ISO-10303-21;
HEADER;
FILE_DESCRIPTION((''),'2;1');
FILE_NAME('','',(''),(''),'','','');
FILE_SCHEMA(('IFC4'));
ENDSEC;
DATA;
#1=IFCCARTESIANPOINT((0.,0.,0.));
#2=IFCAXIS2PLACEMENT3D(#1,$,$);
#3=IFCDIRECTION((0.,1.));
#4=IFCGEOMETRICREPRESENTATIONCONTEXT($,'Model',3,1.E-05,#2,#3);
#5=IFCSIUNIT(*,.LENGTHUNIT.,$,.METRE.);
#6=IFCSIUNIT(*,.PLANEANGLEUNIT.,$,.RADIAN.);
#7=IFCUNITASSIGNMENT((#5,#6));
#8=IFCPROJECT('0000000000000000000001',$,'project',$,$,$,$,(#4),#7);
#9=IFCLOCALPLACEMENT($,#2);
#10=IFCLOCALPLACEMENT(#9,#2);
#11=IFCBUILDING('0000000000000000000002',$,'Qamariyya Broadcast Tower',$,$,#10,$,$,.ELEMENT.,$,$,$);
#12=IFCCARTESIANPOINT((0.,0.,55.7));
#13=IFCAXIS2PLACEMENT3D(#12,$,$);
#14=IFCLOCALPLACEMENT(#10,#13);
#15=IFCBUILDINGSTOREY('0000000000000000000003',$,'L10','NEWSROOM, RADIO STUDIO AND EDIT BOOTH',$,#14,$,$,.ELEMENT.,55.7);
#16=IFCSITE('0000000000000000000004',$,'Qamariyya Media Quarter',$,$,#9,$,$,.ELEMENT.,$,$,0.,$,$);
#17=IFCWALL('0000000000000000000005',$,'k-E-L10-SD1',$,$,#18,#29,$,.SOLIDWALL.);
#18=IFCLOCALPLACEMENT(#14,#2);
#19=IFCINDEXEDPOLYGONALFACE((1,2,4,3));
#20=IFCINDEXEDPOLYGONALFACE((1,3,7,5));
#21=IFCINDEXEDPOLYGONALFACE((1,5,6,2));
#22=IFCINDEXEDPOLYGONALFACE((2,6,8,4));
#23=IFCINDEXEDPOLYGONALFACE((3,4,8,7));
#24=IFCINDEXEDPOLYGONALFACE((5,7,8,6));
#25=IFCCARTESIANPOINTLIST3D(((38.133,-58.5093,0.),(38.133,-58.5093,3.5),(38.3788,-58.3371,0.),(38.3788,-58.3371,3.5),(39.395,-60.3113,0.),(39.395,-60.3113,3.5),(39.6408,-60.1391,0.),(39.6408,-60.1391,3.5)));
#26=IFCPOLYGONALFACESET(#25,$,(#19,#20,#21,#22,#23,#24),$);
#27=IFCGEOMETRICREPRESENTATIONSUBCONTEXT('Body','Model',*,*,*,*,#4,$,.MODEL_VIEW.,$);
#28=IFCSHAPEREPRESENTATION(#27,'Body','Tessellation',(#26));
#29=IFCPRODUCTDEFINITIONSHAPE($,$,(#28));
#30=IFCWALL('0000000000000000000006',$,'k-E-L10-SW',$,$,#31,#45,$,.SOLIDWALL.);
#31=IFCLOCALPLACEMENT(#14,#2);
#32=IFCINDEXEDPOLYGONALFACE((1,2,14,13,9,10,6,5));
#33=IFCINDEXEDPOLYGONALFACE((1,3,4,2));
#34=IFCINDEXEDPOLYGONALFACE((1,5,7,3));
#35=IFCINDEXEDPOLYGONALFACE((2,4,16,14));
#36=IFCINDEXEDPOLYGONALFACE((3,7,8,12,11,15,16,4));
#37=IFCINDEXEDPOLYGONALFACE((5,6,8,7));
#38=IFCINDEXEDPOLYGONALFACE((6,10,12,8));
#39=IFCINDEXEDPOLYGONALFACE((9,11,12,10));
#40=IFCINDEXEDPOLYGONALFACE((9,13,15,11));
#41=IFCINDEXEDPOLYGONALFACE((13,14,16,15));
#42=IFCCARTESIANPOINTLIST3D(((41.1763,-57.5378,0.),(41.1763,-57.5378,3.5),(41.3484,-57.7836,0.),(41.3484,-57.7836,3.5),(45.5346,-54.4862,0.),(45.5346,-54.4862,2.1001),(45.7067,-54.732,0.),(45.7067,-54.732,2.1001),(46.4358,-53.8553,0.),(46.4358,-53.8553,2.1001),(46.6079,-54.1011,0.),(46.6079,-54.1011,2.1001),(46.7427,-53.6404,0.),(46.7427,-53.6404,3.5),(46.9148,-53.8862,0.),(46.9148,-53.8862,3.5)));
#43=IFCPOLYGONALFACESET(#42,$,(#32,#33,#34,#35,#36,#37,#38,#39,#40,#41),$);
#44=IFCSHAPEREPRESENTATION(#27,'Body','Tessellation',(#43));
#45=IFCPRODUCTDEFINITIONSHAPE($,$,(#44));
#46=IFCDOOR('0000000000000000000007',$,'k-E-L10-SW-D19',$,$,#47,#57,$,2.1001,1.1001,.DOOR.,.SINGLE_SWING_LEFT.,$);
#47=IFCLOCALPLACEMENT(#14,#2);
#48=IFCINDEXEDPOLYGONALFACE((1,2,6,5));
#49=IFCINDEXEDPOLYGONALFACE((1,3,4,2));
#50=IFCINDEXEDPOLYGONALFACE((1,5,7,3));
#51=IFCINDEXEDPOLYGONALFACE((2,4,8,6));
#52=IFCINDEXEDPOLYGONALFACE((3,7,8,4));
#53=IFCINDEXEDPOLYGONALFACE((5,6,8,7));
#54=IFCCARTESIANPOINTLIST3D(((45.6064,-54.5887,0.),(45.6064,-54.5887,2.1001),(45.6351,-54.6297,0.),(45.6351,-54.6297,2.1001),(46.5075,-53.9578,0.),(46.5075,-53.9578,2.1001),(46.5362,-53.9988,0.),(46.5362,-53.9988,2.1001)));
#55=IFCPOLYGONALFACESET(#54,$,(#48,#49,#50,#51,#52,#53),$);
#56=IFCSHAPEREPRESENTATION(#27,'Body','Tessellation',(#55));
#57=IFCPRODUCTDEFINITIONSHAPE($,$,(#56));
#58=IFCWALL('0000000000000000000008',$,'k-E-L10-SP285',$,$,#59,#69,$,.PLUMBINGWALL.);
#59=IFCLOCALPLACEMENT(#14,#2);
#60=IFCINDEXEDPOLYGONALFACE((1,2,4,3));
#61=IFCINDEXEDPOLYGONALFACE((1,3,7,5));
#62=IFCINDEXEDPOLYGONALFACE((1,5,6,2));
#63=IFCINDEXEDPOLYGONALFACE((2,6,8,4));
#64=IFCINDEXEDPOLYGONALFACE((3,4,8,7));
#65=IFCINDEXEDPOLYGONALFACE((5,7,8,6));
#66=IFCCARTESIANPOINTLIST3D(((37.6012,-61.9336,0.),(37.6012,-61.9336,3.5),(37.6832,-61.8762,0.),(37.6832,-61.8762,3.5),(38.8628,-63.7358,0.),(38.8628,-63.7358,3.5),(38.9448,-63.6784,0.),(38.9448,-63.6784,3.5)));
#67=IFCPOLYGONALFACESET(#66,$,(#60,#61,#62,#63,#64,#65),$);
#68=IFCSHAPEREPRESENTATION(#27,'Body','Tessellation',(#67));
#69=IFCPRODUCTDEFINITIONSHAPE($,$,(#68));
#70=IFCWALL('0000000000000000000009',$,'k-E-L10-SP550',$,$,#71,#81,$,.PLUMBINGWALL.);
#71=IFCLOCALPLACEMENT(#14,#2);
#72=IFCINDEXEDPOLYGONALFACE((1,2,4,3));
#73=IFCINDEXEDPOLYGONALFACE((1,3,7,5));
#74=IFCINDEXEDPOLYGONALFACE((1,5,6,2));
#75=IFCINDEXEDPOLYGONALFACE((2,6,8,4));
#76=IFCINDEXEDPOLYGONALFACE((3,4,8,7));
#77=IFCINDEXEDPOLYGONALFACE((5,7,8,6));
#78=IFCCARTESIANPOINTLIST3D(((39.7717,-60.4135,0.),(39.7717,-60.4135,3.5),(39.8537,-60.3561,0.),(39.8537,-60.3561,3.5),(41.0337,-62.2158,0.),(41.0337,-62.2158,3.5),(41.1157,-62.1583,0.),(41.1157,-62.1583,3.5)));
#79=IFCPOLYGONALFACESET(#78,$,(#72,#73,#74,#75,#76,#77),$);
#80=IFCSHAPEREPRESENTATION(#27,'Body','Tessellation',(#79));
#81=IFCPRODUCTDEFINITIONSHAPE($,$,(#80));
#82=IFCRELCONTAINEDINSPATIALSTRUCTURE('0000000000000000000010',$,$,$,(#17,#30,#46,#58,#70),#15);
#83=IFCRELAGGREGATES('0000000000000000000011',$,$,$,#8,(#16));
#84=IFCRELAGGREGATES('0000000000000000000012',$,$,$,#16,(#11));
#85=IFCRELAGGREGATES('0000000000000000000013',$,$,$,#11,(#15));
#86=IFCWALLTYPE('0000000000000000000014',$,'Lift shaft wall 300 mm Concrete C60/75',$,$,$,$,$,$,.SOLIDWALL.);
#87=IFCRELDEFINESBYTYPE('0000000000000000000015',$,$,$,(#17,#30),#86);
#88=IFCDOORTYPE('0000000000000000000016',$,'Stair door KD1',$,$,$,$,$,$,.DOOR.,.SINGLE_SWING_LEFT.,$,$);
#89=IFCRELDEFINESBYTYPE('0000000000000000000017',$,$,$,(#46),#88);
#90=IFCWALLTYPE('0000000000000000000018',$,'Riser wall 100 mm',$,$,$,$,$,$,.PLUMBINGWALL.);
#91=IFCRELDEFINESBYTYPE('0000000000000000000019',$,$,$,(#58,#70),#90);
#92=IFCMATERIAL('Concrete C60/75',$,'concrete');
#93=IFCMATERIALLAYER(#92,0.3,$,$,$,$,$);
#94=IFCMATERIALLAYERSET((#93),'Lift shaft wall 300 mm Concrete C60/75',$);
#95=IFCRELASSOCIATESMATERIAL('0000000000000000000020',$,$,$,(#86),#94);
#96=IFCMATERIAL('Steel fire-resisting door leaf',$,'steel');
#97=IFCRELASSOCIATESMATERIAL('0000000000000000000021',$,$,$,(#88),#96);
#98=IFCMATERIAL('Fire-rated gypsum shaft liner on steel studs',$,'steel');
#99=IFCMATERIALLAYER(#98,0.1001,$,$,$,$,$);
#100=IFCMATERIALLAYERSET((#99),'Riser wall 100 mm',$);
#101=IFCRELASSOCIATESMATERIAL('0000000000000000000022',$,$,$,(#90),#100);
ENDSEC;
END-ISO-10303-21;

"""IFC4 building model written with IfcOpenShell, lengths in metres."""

from ifc_helpers import new_model, si_unit, direction, frame, frame_2d, origin, place, context, subcontext, project, spatial, rectangle, extrude, material, layer, layer_set, type_object, element, fill, save


model = new_model("IFC4")

# Units and contexts
model_context = context("Model", 3, precision=1e-05, world=origin(), true_north=direction((0.0, 1.0)))
body_context = subcontext(model_context, "Body", "Model", "MODEL_VIEW")
ifc_project = project(units=[si_unit("LENGTHUNIT", "METRE"), si_unit("PLANEANGLEUNIT", "RADIAN")], contexts=[model_context])

# Site, building, storey
site_placement = place(None, origin())
site = spatial("IfcSite", under=ifc_project, at=site_placement, Name="Qamariyya Media Quarter", CompositionType="ELEMENT", RefElevation=0.0)
building_placement = place(site_placement, origin())
building = spatial("IfcBuilding", under=site, at=building_placement, Name="Qamariyya Broadcast Tower", CompositionType="ELEMENT")
storey_placement = place(building_placement, frame((0.0, 0.0, 55.7)))
storey = spatial("IfcBuildingStorey", under=building, at=storey_placement, Name="L10", Description="NEWSROOM, RADIO STUDIO AND EDIT BOOTH", CompositionType="ELEMENT", Elevation=55.7)

# Shared definitions
ifc_material_1 = material(Name="Concrete C60/75", Category="concrete")
ifc_layer_1 = layer(ifc_material_1, 0.3)
ifc_layer_set_1 = layer_set([ifc_layer_1], Name="Lift shaft wall 300 mm Concrete C60/75")
wall_type_1 = type_object("IfcWallType", Name="Lift shaft wall 300 mm Concrete C60/75", PredefinedType="SOLIDWALL", material=ifc_layer_set_1)
ifc_material_2 = material(Name="Steel fire-resisting door leaf", Category="steel")

# Wall
wall_1_placement = place(storey_placement, frame((38.2559, -58.4231, 0.0), z_axis=(0.0, 0.0, 1.0), x_axis=(0.573634, -0.819112, 0.0)))
element("IfcWall", 1, at=wall_1_placement, inside=storey, type_object=wall_type_1, Name="k-E-L10-SD1", PredefinedType="SOLIDWALL", context=body_context, shape_type="SweptSolid", body=[
    extrude(rectangle(XDim=2.2, YDim=0.3, at=frame_2d((1.1001, 0.0))), origin(), (0.0, 0.0, 1.0), 3.5),
])

# Wall, opening, door
wall_2_placement = place(storey_placement, frame((41.2625, -57.6606, 0.0), z_axis=(0.0, 0.0, 1.0), x_axis=(0.819164, 0.573559, 0.0)))
wall_2 = element("IfcWall", 2, at=wall_2_placement, inside=storey, type_object=wall_type_1, Name="k-E-L10-SW", PredefinedType="SOLIDWALL", context=body_context, shape_type="SweptSolid", body=[
    extrude(rectangle(XDim=6.7952, YDim=0.3, at=frame_2d((3.3975, 0.0))), origin(), (0.0, 0.0, 1.0), 3.5),
])
opening_1_placement = place(wall_2_placement, frame((5.3203, 0.0, 0.0)))
opening_1 = element("IfcOpeningElement", 3, at=opening_1_placement, cuts=wall_2, PredefinedType="OPENING", context=body_context, shape_type="SweptSolid", body=[
    extrude(rectangle(XDim=1.1001, YDim=2.1001, at=frame_2d((0.55, 1.05))), frame((0.0, 0.1599, 0.0), z_axis=(0.0, -1.0, 0.0), x_axis=(1.0, 0.0, 0.0)), (0.0, 0.0, 1.0), 0.3201),
])
door_type_1 = type_object("IfcDoorType", Name="Stair door KD1", OperationType="SINGLE_SWING_LEFT", PredefinedType="DOOR", material=ifc_material_2)
door_1_placement = place(opening_1_placement, origin())
door_1 = element("IfcDoor", 4, at=door_1_placement, inside=storey, type_object=door_type_1, Name="k-E-L10-SW-D19", OperationType="SINGLE_SWING_LEFT", OverallHeight=2.1001, OverallWidth=1.1001, PredefinedType="DOOR", context=body_context, shape_type="SweptSolid", body=[
    extrude(rectangle(XDim=1.1001, YDim=2.1001, at=frame_2d((0.55, 1.05))), frame((0.0, 0.0249, 0.0), z_axis=(0.0, -1.0, 0.0), x_axis=(1.0, 0.0, 0.0)), (0.0, 0.0, 1.0), 0.05),
])
fill(opening_1, door_1)

# Walls
ifc_material_3 = material(Name="Fire-rated gypsum shaft liner on steel studs", Category="steel")
ifc_layer_2 = layer(ifc_material_3, 0.1001)
ifc_layer_set_2 = layer_set([ifc_layer_2], Name="Riser wall 100 mm")
wall_type_2 = type_object("IfcWallType", Name="Riser wall 100 mm", PredefinedType="PLUMBINGWALL", material=ifc_layer_set_2)
wall_3_placement = place(storey_placement, frame((37.6421, -61.9048, 0.0), z_axis=(0.0, 0.0, 1.0), x_axis=(0.573507, -0.819201, 0.0)))
element("IfcWall", 5, at=wall_3_placement, inside=storey, type_object=wall_type_2, Name="k-E-L10-SP285", PredefinedType="PLUMBINGWALL", context=body_context, shape_type="SweptSolid", body=[
    extrude(rectangle(XDim=2.2, YDim=0.1001, at=frame_2d((1.1001, 0.0))), origin(), (0.0, 0.0, 1.0), 3.5),
])
wall_4_placement = place(storey_placement, frame((39.8127, -60.3848, 0.0), z_axis=(0.0, 0.0, 1.0), x_axis=(0.573581, -0.819149, 0.0)))
element("IfcWall", 6, at=wall_4_placement, inside=storey, type_object=wall_type_2, Name="k-E-L10-SP550", PredefinedType="PLUMBINGWALL", context=body_context, shape_type="SweptSolid", body=[
    extrude(rectangle(XDim=2.2002, YDim=0.1001, at=frame_2d((1.1001, 0.0))), origin(), (0.0, 0.0, 1.0), 3.5),
])

save(model, "model.ifc")
